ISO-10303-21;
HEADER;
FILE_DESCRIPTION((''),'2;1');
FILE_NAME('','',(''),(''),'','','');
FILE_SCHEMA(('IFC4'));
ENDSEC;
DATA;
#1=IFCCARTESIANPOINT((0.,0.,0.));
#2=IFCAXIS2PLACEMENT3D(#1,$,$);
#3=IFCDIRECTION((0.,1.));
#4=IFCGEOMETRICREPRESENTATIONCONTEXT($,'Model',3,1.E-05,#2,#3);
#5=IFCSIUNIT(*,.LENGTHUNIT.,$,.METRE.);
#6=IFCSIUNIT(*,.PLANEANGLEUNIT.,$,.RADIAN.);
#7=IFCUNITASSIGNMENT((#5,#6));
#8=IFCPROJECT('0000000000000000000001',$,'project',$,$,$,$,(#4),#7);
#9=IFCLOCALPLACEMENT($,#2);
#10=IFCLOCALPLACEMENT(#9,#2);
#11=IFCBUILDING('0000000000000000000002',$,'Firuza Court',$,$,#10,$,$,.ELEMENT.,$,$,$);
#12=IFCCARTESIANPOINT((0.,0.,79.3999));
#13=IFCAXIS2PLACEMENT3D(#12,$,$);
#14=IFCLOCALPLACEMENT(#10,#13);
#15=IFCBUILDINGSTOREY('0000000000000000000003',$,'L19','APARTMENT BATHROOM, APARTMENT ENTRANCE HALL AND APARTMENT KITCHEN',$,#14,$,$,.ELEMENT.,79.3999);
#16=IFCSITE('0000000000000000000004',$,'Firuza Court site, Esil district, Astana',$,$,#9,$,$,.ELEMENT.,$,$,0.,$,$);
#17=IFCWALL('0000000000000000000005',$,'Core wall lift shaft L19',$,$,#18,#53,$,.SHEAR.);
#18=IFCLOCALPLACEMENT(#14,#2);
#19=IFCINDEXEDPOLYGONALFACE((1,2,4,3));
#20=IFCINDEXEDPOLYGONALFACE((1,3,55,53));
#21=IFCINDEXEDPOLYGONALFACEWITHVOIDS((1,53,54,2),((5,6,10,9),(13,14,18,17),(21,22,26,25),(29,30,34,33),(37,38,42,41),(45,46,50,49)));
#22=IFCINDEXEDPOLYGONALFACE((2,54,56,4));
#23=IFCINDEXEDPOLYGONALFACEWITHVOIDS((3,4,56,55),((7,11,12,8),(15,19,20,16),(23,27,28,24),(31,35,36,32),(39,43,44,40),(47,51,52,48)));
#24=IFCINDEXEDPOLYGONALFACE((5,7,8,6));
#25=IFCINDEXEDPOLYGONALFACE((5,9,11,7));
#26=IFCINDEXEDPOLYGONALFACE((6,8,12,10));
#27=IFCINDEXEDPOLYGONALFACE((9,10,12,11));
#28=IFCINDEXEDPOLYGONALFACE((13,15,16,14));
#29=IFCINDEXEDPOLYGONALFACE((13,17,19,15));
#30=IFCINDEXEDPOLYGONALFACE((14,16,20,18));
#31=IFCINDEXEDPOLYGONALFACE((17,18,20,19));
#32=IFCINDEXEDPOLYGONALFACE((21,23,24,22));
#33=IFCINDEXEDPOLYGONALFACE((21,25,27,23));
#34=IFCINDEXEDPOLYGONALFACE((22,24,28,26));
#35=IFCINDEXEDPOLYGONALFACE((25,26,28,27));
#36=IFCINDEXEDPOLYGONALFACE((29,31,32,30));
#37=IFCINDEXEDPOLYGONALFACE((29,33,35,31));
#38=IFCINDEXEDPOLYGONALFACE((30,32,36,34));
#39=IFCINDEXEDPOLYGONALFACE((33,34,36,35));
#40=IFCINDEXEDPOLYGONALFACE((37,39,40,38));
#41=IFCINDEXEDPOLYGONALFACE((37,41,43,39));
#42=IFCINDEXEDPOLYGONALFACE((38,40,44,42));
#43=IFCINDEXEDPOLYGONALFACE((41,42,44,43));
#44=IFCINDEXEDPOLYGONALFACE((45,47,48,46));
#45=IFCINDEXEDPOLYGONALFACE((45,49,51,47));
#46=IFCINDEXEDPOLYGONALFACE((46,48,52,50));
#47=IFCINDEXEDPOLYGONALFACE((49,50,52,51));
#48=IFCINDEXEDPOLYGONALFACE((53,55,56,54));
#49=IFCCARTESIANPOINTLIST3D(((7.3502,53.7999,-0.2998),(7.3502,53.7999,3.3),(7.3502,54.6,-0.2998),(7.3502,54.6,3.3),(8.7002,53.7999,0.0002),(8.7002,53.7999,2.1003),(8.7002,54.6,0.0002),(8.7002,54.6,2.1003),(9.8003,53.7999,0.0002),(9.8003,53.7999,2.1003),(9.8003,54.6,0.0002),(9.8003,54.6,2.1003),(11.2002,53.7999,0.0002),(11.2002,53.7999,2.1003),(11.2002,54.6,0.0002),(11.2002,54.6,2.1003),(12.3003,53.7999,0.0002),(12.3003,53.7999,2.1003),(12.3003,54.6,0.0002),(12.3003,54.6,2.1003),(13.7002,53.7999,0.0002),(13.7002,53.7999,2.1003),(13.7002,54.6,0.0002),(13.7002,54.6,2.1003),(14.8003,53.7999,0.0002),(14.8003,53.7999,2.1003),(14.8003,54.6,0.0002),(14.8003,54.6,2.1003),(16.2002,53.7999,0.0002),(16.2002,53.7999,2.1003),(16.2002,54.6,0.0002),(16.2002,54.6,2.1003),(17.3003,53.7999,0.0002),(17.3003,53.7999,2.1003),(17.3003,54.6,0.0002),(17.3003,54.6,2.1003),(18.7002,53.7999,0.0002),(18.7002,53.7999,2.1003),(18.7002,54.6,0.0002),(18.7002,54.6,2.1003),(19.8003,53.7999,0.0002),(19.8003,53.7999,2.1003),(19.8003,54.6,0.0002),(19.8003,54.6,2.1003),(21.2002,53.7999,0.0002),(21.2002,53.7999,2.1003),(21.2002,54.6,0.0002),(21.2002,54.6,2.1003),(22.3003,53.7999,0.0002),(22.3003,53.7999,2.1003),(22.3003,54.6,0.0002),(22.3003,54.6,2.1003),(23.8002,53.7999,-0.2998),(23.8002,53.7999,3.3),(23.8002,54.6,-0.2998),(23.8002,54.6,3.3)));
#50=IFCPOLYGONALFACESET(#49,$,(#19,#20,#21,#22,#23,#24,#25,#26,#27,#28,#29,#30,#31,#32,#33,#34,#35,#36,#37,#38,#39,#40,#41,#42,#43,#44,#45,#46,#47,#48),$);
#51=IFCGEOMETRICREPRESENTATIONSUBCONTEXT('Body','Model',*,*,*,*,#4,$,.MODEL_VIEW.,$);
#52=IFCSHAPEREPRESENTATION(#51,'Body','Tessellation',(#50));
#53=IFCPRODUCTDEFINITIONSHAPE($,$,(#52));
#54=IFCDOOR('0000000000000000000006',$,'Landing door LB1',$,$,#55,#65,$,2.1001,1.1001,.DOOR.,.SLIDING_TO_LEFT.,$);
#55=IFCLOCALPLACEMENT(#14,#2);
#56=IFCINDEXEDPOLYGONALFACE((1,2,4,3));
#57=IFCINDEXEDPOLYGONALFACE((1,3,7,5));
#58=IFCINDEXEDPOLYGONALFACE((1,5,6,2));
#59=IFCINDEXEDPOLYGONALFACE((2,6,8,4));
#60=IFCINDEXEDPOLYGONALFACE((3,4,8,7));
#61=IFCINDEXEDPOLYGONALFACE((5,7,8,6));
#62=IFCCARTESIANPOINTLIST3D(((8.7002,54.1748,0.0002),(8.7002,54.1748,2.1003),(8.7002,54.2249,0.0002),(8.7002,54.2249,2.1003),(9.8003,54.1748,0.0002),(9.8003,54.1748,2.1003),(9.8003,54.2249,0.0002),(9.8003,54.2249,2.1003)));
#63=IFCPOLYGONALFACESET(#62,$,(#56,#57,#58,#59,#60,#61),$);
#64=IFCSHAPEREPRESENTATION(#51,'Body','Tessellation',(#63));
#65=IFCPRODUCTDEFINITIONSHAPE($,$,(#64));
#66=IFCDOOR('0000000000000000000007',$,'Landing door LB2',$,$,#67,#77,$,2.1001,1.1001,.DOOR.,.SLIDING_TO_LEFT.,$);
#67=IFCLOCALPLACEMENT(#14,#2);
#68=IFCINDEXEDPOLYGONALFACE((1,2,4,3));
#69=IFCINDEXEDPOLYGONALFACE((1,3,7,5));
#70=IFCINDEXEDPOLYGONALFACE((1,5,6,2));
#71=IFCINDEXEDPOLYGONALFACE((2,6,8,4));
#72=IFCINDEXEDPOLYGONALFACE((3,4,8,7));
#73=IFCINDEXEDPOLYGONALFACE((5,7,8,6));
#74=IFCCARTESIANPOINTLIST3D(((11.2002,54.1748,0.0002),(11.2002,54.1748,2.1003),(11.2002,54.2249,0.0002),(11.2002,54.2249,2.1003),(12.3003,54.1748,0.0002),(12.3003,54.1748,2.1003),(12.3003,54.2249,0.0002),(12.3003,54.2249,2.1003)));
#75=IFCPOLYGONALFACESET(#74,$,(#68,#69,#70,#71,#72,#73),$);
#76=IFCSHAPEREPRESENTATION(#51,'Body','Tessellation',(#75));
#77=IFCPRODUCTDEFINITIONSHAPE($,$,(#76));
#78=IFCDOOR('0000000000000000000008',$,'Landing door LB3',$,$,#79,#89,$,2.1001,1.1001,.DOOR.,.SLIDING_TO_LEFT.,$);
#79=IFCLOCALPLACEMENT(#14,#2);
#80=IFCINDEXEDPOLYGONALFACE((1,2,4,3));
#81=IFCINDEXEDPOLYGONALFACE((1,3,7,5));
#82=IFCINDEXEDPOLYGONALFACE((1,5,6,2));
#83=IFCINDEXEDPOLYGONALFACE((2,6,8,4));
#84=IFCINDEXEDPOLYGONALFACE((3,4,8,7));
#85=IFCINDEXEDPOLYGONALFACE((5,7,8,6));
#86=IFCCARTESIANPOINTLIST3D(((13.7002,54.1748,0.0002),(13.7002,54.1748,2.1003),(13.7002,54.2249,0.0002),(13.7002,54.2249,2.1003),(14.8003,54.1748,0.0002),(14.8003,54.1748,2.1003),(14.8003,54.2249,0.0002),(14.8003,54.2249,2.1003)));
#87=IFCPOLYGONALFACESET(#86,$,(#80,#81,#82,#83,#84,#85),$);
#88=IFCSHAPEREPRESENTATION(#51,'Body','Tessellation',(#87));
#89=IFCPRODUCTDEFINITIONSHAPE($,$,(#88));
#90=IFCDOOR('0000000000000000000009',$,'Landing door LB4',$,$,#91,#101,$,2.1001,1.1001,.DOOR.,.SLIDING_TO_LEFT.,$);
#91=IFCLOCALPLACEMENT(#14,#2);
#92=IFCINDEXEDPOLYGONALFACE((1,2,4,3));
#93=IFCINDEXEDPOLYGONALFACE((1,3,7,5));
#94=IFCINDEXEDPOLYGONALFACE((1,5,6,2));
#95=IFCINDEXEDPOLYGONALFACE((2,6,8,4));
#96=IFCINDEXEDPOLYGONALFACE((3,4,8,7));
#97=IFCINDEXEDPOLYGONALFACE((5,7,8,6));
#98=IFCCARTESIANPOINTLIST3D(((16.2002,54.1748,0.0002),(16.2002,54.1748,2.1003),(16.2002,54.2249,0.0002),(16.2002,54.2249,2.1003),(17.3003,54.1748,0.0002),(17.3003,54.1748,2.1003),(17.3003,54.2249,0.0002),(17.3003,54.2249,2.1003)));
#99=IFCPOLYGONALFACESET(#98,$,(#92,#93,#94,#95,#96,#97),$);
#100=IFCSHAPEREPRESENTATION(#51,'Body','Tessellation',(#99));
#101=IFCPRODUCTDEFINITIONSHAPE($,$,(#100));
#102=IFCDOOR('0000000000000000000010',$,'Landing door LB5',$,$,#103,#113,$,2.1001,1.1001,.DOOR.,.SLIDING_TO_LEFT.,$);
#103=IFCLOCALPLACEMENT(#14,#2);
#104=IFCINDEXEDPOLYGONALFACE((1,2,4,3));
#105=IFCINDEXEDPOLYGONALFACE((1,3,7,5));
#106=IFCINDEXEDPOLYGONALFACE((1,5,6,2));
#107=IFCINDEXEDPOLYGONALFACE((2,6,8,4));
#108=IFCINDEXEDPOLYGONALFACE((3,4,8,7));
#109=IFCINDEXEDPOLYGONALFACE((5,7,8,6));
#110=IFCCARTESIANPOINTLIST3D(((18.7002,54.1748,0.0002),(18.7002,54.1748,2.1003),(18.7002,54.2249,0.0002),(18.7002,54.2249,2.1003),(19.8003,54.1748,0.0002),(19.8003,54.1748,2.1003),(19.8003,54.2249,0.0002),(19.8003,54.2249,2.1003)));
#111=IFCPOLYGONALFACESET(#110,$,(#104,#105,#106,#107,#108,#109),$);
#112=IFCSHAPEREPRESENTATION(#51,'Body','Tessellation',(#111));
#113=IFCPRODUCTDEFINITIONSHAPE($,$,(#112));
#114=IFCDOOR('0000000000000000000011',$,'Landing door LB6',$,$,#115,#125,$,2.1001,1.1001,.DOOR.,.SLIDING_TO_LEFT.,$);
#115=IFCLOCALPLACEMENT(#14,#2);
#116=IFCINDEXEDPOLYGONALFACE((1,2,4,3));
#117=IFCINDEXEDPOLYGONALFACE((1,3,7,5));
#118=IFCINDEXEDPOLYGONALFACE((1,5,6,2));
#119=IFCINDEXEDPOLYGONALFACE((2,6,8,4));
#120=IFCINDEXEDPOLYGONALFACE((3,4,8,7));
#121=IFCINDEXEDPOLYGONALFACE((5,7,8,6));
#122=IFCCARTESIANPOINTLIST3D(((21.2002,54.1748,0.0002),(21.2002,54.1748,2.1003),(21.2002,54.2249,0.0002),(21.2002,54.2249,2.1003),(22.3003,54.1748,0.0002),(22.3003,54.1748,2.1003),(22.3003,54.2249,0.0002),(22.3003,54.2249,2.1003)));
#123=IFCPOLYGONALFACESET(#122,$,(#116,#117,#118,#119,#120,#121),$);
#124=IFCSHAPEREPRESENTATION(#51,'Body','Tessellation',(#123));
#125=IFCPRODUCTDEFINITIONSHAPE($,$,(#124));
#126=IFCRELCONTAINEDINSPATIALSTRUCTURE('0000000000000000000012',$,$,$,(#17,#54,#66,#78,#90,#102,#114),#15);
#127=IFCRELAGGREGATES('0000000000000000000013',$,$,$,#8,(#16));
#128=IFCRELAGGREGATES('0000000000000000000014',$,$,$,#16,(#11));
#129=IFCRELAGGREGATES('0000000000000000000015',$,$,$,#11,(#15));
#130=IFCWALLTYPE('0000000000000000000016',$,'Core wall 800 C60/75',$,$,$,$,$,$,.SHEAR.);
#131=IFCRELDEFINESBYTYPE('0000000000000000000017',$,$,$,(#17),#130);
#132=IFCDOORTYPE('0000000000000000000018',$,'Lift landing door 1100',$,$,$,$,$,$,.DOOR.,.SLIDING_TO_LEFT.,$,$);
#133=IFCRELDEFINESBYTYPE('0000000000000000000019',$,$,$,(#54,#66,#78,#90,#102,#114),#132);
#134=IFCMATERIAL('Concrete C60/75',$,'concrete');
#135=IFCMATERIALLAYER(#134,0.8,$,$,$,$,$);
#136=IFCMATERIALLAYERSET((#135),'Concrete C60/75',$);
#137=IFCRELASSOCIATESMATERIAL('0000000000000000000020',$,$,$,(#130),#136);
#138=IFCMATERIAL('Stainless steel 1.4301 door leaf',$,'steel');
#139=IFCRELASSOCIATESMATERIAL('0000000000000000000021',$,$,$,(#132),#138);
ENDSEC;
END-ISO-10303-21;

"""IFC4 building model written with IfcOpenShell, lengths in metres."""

from ifc_helpers import new_model, si_unit, direction, frame, frame_2d, origin, place, context, subcontext, project, spatial, rectangle, extrude, material, layer, layer_set, type_object, element, fill, save


model = new_model("IFC4")

# Units and contexts
model_context = context("Model", 3, precision=1e-05, world=origin(), true_north=direction((0.0, 1.0)))
body_context = subcontext(model_context, "Body", "Model", "MODEL_VIEW")
ifc_project = project(units=[si_unit("LENGTHUNIT", "METRE"), si_unit("PLANEANGLEUNIT", "RADIAN")], contexts=[model_context])

# Site, building, storey
site_placement = place(None, origin())
site = spatial("IfcSite", under=ifc_project, at=site_placement, Name="Firuza Court site, Esil district, Astana", CompositionType="ELEMENT", RefElevation=0.0)
building_placement = place(site_placement, origin())
building = spatial("IfcBuilding", under=site, at=building_placement, Name="Firuza Court", CompositionType="ELEMENT")
storey_placement = place(building_placement, frame((0.0, 0.0, 79.3999)))
storey = spatial("IfcBuildingStorey", under=building, at=storey_placement, Name="L19", Description="APARTMENT BATHROOM, APARTMENT ENTRANCE HALL AND APARTMENT KITCHEN", CompositionType="ELEMENT", Elevation=79.3999)

# Shared definitions
ifc_material_1 = material(Name="Concrete C60/75", Category="concrete")

# Wall, openings, doors
ifc_layer_1 = layer(ifc_material_1, 0.8)
ifc_layer_set_1 = layer_set([ifc_layer_1], Name="Concrete C60/75")
wall_type_1 = type_object("IfcWallType", Name="Core wall 800 C60/75", PredefinedType="SHEAR", material=ifc_layer_set_1)
wall_1_placement = place(storey_placement, frame((7.3501, 54.2, -0.2998), z_axis=(0.0, 0.0, 1.0), x_axis=(1.0, 0.0, 0.0)))
wall_1 = element("IfcWall", 1, at=wall_1_placement, inside=storey, type_object=wall_type_1, Name="Core wall lift shaft L19", PredefinedType="SHEAR", context=body_context, shape_type="SweptSolid", body=[
    extrude(rectangle(XDim=16.45, YDim=0.8, at=frame_2d((8.2251, 0.0))), origin(), (0.0, 0.0, 1.0), 3.5999),
])
opening_1_placement = place(wall_1_placement, frame((1.3501, 0.0, 0.3)))
opening_1 = element("IfcOpeningElement", 2, at=opening_1_placement, cuts=wall_1, PredefinedType="OPENING", context=body_context, shape_type="SweptSolid", body=[
    extrude(rectangle(XDim=1.1001, YDim=2.1001, at=frame_2d((0.55, 1.05))), frame((0.0, 0.4121, 0.0), z_axis=(0.0, -1.0, 0.0), x_axis=(1.0, 0.0, 0.0)), (0.0, 0.0, 1.0), 0.824),
])
opening_2_placement = place(wall_1_placement, frame((3.8501, 0.0, 0.3)))
opening_2 = element("IfcOpeningElement", 3, at=opening_2_placement, cuts=wall_1, PredefinedType="OPENING", context=body_context, shape_type="SweptSolid", body=[
    extrude(rectangle(XDim=1.1001, YDim=2.1001, at=frame_2d((0.55, 1.05))), frame((0.0, 0.4121, 0.0), z_axis=(0.0, -1.0, 0.0), x_axis=(1.0, 0.0, 0.0)), (0.0, 0.0, 1.0), 0.824),
])
opening_3_placement = place(wall_1_placement, frame((6.3501, 0.0, 0.3)))
opening_3 = element("IfcOpeningElement", 4, at=opening_3_placement, cuts=wall_1, PredefinedType="OPENING", context=body_context, shape_type="SweptSolid", body=[
    extrude(rectangle(XDim=1.1001, YDim=2.1001, at=frame_2d((0.55, 1.05))), frame((0.0, 0.4121, 0.0), z_axis=(0.0, -1.0, 0.0), x_axis=(1.0, 0.0, 0.0)), (0.0, 0.0, 1.0), 0.824),
])
opening_4_placement = place(wall_1_placement, frame((8.8501, 0.0, 0.3)))
opening_4 = element("IfcOpeningElement", 5, at=opening_4_placement, cuts=wall_1, PredefinedType="OPENING", context=body_context, shape_type="SweptSolid", body=[
    extrude(rectangle(XDim=1.1001, YDim=2.1001, at=frame_2d((0.55, 1.05))), frame((0.0, 0.4121, 0.0), z_axis=(0.0, -1.0, 0.0), x_axis=(1.0, 0.0, 0.0)), (0.0, 0.0, 1.0), 0.824),
])
opening_5_placement = place(wall_1_placement, frame((11.3501, 0.0, 0.3)))
opening_5 = element("IfcOpeningElement", 6, at=opening_5_placement, cuts=wall_1, PredefinedType="OPENING", context=body_context, shape_type="SweptSolid", body=[
    extrude(rectangle(XDim=1.1001, YDim=2.1001, at=frame_2d((0.55, 1.05))), frame((0.0, 0.4121, 0.0), z_axis=(0.0, -1.0, 0.0), x_axis=(1.0, 0.0, 0.0)), (0.0, 0.0, 1.0), 0.824),
])
opening_6_placement = place(wall_1_placement, frame((13.8501, 0.0, 0.3)))
opening_6 = element("IfcOpeningElement", 7, at=opening_6_placement, cuts=wall_1, PredefinedType="OPENING", context=body_context, shape_type="SweptSolid", body=[
    extrude(rectangle(XDim=1.1001, YDim=2.1001, at=frame_2d((0.55, 1.05))), frame((0.0, 0.4121, 0.0), z_axis=(0.0, -1.0, 0.0), x_axis=(1.0, 0.0, 0.0)), (0.0, 0.0, 1.0), 0.824),
])
ifc_material_2 = material(Name="Stainless steel 1.4301 door leaf", Category="steel")
door_type = type_object("IfcDoorType", Name="Lift landing door 1100", OperationType="SLIDING_TO_LEFT", PredefinedType="DOOR", material=ifc_material_2)
door_1_placement = place(opening_1_placement, origin())
door_1 = element("IfcDoor", 8, at=door_1_placement, inside=storey, type_object=door_type, Name="Landing door LB1", OperationType="SLIDING_TO_LEFT", OverallHeight=2.1001, OverallWidth=1.1001, PredefinedType="DOOR", context=body_context, shape_type="SweptSolid", body=[
    extrude(rectangle(XDim=1.1001, YDim=2.1001, at=frame_2d((0.55, 1.05))), frame((0.0, 0.0249, 0.0), z_axis=(0.0, -1.0, 0.0), x_axis=(1.0, 0.0, 0.0)), (0.0, 0.0, 1.0), 0.05),
])
fill(opening_1, door_1)
door_2_placement = place(opening_2_placement, origin())
door_2 = element("IfcDoor", 9, at=door_2_placement, inside=storey, type_object=door_type, Name="Landing door LB2", OperationType="SLIDING_TO_LEFT", OverallHeight=2.1001, OverallWidth=1.1001, PredefinedType="DOOR", context=body_context, shape_type="SweptSolid", body=[
    extrude(rectangle(XDim=1.1001, YDim=2.1001, at=frame_2d((0.55, 1.05))), frame((0.0, 0.0249, 0.0), z_axis=(0.0, -1.0, 0.0), x_axis=(1.0, 0.0, 0.0)), (0.0, 0.0, 1.0), 0.05),
])
fill(opening_2, door_2)
door_3_placement = place(opening_3_placement, origin())
door_3 = element("IfcDoor", 10, at=door_3_placement, inside=storey, type_object=door_type, Name="Landing door LB3", OperationType="SLIDING_TO_LEFT", OverallHeight=2.1001, OverallWidth=1.1001, PredefinedType="DOOR", context=body_context, shape_type="SweptSolid", body=[
    extrude(rectangle(XDim=1.1001, YDim=2.1001, at=frame_2d((0.55, 1.05))), frame((0.0, 0.0249, 0.0), z_axis=(0.0, -1.0, 0.0), x_axis=(1.0, 0.0, 0.0)), (0.0, 0.0, 1.0), 0.05),
])
fill(opening_3, door_3)
door_4_placement = place(opening_4_placement, origin())
door_4 = element("IfcDoor", 11, at=door_4_placement, inside=storey, type_object=door_type, Name="Landing door LB4", OperationType="SLIDING_TO_LEFT", OverallHeight=2.1001, OverallWidth=1.1001, PredefinedType="DOOR", context=body_context, shape_type="SweptSolid", body=[
    extrude(rectangle(XDim=1.1001, YDim=2.1001, at=frame_2d((0.55, 1.05))), frame((0.0, 0.0249, 0.0), z_axis=(0.0, -1.0, 0.0), x_axis=(1.0, 0.0, 0.0)), (0.0, 0.0, 1.0), 0.05),
])
fill(opening_4, door_4)
door_5_placement = place(opening_5_placement, origin())
door_5 = element("IfcDoor", 12, at=door_5_placement, inside=storey, type_object=door_type, Name="Landing door LB5", OperationType="SLIDING_TO_LEFT", OverallHeight=2.1001, OverallWidth=1.1001, PredefinedType="DOOR", context=body_context, shape_type="SweptSolid", body=[
    extrude(rectangle(XDim=1.1001, YDim=2.1001, at=frame_2d((0.55, 1.05))), frame((0.0, 0.0249, 0.0), z_axis=(0.0, -1.0, 0.0), x_axis=(1.0, 0.0, 0.0)), (0.0, 0.0, 1.0), 0.05),
])
fill(opening_5, door_5)
door_6_placement = place(opening_6_placement, origin())
door_6 = element("IfcDoor", 13, at=door_6_placement, inside=storey, type_object=door_type, Name="Landing door LB6", OperationType="SLIDING_TO_LEFT", OverallHeight=2.1001, OverallWidth=1.1001, PredefinedType="DOOR", context=body_context, shape_type="SweptSolid", body=[
    extrude(rectangle(XDim=1.1001, YDim=2.1001, at=frame_2d((0.55, 1.05))), frame((0.0, 0.0249, 0.0), z_axis=(0.0, -1.0, 0.0), x_axis=(1.0, 0.0, 0.0)), (0.0, 0.0, 1.0), 0.05),
])
fill(opening_6, door_6)

save(model, "model.ifc")
